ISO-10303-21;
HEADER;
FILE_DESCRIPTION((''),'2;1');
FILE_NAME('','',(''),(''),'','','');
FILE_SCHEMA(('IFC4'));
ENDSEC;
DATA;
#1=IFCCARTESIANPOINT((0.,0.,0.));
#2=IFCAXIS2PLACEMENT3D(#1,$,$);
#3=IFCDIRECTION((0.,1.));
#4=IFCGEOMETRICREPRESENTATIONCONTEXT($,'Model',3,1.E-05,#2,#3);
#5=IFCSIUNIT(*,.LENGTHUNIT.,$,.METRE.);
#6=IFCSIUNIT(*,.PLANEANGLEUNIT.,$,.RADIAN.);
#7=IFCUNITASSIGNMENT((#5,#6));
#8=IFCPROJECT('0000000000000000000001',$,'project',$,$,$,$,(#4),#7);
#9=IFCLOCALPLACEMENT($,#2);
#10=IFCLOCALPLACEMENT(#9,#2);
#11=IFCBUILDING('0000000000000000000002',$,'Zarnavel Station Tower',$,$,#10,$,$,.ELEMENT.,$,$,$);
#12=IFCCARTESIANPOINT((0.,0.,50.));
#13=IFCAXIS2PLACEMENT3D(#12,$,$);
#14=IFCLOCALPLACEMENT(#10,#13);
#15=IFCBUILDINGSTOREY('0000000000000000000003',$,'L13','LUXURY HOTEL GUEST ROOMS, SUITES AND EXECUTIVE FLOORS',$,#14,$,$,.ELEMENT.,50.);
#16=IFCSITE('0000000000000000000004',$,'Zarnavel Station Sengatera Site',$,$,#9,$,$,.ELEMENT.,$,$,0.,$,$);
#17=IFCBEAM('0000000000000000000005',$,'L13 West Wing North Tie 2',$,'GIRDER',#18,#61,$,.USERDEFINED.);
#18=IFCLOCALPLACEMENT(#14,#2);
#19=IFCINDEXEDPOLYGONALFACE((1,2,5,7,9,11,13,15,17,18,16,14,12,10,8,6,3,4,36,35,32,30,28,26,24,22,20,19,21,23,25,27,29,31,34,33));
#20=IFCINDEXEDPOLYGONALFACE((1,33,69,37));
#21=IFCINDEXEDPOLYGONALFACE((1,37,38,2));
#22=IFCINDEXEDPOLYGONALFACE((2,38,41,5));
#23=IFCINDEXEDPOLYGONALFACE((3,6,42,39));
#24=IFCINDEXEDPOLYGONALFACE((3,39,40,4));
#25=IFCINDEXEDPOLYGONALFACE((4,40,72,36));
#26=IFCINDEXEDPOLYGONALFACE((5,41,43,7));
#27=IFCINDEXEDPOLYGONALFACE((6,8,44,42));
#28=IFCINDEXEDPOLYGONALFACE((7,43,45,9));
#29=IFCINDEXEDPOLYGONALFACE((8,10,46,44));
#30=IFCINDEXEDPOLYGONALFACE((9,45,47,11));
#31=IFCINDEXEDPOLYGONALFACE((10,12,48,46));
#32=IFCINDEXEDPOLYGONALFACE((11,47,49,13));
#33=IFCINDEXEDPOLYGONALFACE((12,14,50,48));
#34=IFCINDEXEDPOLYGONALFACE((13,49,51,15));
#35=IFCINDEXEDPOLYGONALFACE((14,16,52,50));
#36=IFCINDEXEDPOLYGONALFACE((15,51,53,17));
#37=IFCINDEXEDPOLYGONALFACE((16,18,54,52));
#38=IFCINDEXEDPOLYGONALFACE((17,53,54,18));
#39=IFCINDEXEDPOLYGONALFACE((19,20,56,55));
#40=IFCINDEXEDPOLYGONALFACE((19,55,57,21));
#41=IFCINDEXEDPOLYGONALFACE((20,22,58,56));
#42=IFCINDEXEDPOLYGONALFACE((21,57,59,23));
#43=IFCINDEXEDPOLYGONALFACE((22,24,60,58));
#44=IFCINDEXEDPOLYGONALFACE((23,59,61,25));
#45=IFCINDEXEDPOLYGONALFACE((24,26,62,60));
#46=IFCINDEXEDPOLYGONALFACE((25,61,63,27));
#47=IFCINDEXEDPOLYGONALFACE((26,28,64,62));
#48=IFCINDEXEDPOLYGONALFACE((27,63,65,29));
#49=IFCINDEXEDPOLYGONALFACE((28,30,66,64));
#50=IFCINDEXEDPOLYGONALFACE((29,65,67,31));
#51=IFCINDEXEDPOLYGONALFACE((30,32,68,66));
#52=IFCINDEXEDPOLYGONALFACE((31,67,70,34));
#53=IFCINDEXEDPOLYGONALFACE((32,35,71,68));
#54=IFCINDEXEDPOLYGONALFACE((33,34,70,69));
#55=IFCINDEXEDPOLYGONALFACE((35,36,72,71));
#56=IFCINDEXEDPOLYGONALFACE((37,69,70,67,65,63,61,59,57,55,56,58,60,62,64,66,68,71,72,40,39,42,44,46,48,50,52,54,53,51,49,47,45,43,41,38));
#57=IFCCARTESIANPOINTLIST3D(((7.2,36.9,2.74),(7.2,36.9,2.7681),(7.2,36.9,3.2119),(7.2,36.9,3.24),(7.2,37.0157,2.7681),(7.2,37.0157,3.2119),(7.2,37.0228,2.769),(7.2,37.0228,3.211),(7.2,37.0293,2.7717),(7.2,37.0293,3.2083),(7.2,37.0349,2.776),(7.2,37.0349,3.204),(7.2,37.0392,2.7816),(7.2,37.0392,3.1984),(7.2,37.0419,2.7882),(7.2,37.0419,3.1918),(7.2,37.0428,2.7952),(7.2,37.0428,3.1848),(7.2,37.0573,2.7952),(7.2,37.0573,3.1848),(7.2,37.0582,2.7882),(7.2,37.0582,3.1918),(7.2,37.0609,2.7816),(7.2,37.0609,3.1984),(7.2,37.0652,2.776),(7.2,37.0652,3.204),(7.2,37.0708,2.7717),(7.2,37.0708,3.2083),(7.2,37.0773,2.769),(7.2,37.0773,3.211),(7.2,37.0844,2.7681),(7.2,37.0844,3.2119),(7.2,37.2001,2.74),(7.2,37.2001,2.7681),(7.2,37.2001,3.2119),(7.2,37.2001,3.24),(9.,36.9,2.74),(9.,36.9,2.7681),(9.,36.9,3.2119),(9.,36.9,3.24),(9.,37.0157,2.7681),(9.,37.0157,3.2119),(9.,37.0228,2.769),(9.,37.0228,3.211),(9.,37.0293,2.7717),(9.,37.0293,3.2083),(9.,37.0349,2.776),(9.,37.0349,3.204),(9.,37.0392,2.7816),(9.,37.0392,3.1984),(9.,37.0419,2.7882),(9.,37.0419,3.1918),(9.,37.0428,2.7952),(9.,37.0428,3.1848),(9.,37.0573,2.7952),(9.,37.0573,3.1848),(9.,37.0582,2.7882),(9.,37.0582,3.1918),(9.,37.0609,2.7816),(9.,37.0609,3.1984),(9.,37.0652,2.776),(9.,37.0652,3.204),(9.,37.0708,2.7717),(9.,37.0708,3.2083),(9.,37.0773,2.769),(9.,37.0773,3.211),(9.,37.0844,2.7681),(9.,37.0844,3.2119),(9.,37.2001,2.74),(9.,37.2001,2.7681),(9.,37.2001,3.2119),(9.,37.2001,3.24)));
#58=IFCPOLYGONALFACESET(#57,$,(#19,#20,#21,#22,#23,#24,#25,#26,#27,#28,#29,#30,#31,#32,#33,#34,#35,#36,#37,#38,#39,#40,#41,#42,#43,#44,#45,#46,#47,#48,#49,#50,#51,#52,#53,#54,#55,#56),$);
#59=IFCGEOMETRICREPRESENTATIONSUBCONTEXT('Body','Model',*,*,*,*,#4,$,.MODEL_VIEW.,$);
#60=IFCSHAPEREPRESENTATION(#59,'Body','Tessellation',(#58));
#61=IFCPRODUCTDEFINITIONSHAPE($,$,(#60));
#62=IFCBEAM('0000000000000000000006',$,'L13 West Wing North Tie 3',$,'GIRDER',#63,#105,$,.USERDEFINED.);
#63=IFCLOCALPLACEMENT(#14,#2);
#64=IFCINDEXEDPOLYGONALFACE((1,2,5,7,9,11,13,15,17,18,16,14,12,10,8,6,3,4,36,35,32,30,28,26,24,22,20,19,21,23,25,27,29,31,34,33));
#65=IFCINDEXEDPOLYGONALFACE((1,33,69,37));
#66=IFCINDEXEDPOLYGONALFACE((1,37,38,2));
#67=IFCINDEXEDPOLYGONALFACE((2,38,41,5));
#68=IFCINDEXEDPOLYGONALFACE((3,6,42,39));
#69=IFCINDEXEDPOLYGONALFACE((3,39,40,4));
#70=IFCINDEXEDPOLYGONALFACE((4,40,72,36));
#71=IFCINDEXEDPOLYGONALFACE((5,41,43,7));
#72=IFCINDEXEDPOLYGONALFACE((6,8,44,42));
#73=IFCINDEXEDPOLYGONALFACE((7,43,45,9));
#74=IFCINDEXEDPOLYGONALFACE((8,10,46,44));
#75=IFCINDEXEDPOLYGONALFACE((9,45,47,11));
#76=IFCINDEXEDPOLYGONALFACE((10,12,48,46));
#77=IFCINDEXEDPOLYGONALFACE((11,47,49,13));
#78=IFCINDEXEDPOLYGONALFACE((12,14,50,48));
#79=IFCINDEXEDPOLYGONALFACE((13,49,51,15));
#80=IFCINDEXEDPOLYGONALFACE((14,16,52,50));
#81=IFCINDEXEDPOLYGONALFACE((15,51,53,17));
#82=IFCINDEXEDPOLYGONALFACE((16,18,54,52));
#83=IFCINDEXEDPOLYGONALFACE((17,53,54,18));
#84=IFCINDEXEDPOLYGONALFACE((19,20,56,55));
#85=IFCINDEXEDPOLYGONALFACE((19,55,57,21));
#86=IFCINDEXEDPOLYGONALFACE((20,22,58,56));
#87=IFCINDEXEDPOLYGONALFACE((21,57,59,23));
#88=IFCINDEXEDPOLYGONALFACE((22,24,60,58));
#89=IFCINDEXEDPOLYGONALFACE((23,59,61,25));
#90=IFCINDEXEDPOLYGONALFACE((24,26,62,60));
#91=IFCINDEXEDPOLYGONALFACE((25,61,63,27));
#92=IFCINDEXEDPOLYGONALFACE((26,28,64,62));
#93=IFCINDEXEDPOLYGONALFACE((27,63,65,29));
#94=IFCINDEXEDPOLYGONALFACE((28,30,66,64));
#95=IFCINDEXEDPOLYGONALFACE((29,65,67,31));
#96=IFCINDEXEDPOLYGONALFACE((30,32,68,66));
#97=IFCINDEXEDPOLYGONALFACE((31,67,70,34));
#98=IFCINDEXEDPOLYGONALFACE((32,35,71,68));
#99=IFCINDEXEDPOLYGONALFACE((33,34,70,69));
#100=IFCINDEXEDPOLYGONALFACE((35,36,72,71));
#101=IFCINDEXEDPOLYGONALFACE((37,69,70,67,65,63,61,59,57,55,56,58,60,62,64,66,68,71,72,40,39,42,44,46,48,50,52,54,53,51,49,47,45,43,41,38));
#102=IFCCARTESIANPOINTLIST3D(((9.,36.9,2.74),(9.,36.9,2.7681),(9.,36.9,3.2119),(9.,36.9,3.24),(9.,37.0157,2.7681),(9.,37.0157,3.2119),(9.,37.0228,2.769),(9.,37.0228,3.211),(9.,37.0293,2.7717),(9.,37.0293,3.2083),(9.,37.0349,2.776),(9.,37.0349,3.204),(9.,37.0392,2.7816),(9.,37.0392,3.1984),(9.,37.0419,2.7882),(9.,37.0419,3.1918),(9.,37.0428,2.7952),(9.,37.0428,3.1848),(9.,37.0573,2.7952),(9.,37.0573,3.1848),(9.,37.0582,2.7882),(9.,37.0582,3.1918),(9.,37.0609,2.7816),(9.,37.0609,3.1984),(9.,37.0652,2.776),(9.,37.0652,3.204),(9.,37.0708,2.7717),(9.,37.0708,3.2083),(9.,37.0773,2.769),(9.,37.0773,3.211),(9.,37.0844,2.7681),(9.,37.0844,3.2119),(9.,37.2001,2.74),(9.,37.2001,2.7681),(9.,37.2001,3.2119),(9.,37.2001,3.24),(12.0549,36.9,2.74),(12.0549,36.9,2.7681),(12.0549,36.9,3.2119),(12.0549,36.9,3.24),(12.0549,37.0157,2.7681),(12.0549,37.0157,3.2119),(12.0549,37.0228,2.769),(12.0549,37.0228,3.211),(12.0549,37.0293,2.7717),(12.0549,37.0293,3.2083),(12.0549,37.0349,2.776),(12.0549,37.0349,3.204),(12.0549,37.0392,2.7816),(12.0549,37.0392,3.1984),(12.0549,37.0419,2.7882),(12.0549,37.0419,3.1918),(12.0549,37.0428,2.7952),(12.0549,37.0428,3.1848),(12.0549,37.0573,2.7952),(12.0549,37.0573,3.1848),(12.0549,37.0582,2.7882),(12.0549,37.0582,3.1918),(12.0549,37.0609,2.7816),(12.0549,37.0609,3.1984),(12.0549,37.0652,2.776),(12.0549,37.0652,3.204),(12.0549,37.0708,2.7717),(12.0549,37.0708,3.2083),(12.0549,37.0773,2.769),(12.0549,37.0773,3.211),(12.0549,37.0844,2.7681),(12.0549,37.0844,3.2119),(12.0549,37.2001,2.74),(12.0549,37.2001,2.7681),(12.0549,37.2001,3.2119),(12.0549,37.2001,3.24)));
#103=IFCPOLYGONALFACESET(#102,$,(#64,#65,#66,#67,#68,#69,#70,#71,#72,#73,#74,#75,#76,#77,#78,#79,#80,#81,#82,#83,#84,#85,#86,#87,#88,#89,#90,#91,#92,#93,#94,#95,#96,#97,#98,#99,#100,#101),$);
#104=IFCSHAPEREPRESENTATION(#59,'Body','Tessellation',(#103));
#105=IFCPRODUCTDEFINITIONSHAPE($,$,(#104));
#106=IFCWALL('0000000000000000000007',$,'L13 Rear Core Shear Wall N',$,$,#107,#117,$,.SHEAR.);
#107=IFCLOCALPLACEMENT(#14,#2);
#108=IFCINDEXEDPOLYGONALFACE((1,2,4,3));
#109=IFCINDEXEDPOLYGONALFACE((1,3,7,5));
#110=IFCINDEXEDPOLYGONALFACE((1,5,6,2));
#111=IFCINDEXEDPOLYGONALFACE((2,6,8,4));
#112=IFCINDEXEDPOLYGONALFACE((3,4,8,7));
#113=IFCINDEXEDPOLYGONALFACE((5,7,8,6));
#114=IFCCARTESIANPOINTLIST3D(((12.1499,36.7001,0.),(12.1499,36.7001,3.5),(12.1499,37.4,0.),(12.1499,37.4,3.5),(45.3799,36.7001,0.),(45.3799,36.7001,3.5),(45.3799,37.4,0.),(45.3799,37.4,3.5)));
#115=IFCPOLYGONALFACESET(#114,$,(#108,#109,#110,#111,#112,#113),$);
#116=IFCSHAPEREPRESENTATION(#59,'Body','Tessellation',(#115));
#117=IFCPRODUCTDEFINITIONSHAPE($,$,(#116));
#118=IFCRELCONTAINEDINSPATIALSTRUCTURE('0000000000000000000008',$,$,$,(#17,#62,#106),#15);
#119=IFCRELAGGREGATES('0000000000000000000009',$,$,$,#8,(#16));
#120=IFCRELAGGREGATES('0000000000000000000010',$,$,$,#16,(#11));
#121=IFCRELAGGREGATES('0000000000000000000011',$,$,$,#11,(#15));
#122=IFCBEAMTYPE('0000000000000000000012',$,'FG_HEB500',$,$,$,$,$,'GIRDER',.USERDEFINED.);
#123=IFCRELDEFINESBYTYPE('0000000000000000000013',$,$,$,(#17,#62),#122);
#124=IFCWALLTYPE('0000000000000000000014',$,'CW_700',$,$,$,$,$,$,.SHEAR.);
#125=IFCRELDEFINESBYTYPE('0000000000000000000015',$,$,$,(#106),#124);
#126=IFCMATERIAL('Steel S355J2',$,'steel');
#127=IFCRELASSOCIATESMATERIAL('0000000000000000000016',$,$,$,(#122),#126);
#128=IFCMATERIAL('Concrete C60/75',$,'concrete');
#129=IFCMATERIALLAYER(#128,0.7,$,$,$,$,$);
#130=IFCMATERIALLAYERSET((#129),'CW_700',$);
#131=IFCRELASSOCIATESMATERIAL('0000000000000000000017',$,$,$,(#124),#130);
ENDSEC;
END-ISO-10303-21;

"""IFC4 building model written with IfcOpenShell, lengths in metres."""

from ifc_helpers import new_model, si_unit, direction, frame, frame_2d, origin, origin_2d, place, context, subcontext, project, spatial, rectangle, i_section, extrude, material, layer, layer_set, material_profile, profile_set, type_object, element, save


model = new_model("IFC4")

# Units and contexts
model_context = context("Model", 3, precision=1e-05, world=origin(), true_north=direction((0.0, 1.0)))
body_context = subcontext(model_context, "Body", "Model", "MODEL_VIEW")
ifc_project = project(units=[si_unit("LENGTHUNIT", "METRE"), si_unit("PLANEANGLEUNIT", "RADIAN")], contexts=[model_context])

# Site, building, storey
site_placement = place(None, origin())
site = spatial("IfcSite", under=ifc_project, at=site_placement, Name="Zarnavel Station Sengatera Site", CompositionType="ELEMENT", RefElevation=0.0)
building_placement = place(site_placement, origin())
building = spatial("IfcBuilding", under=site, at=building_placement, Name="Zarnavel Station Tower", CompositionType="ELEMENT")
storey_placement = place(building_placement, frame((0.0, 0.0, 50.0)))
storey = spatial("IfcBuildingStorey", under=building, at=storey_placement, Name="L13", Description="LUXURY HOTEL GUEST ROOMS, SUITES AND EXECUTIVE FLOORS", CompositionType="ELEMENT", Elevation=50.0)

# Beams
ifc_material_1 = material(Name="Steel S355J2", Category="steel")
ifc_material_profile_1 = material_profile(ifc_material_1, i_section(OverallWidth=0.3, OverallDepth=0.5, WebThickness=0.0144, FlangeThickness=0.0281, FilletRadius=0.0271, at=origin_2d()), Name="HEB500")
ifc_profile_set_1 = profile_set([ifc_material_profile_1], Name="Steel S355J2")
beam_type = type_object("IfcBeamType", Name="FG_HEB500", ElementType="GIRDER", PredefinedType="USERDEFINED", material=ifc_profile_set_1)
beam_1_placement = place(storey_placement, frame((7.2, 37.05, 2.99), z_axis=(1.0, 0.0, 0.0), x_axis=(0.0, 1.0, 0.0)))
element("IfcBeam", 1, at=beam_1_placement, inside=storey, type_object=beam_type, Name="L13 West Wing North Tie 2", ObjectType="GIRDER", PredefinedType="USERDEFINED", context=body_context, shape_type="SweptSolid", body=[
    extrude(i_section(OverallWidth=0.3, OverallDepth=0.5, WebThickness=0.0144, FlangeThickness=0.0281, FilletRadius=0.0271, at=origin_2d()), origin(), (0.0, 0.0, 1.0), 1.8),
])
beam_2_placement = place(storey_placement, frame((9.0, 37.05, 2.99), z_axis=(1.0, 0.0, 0.0), x_axis=(0.0, 1.0, 0.0)))
element("IfcBeam", 2, at=beam_2_placement, inside=storey, type_object=beam_type, Name="L13 West Wing North Tie 3", ObjectType="GIRDER", PredefinedType="USERDEFINED", context=body_context, shape_type="SweptSolid", body=[
    extrude(i_section(OverallWidth=0.3, OverallDepth=0.5, WebThickness=0.0144, FlangeThickness=0.0281, FilletRadius=0.0271, at=origin_2d()), origin(), (0.0, 0.0, 1.0), 3.0549),
])

# Wall
ifc_material_2 = material(Name="Concrete C60/75", Category="concrete")
ifc_layer_1 = layer(ifc_material_2, 0.7)
ifc_layer_set_1 = layer_set([ifc_layer_1], Name="CW_700")
wall_type_1 = type_object("IfcWallType", Name="CW_700", PredefinedType="SHEAR", material=ifc_layer_set_1)
wall_1_placement = place(storey_placement, frame((12.1499, 37.05, 0.0), z_axis=(0.0, 0.0, 1.0), x_axis=(1.0, 0.0, 0.0)))
element("IfcWall", 3, at=wall_1_placement, inside=storey, type_object=wall_type_1, Name="L13 Rear Core Shear Wall N", PredefinedType="SHEAR", context=body_context, shape_type="SweptSolid", body=[
    extrude(rectangle(XDim=33.23, YDim=0.7, at=frame_2d((16.615, 0.0))), origin(), (0.0, 0.0, 1.0), 3.5),
])

save(model, "model.ifc")
